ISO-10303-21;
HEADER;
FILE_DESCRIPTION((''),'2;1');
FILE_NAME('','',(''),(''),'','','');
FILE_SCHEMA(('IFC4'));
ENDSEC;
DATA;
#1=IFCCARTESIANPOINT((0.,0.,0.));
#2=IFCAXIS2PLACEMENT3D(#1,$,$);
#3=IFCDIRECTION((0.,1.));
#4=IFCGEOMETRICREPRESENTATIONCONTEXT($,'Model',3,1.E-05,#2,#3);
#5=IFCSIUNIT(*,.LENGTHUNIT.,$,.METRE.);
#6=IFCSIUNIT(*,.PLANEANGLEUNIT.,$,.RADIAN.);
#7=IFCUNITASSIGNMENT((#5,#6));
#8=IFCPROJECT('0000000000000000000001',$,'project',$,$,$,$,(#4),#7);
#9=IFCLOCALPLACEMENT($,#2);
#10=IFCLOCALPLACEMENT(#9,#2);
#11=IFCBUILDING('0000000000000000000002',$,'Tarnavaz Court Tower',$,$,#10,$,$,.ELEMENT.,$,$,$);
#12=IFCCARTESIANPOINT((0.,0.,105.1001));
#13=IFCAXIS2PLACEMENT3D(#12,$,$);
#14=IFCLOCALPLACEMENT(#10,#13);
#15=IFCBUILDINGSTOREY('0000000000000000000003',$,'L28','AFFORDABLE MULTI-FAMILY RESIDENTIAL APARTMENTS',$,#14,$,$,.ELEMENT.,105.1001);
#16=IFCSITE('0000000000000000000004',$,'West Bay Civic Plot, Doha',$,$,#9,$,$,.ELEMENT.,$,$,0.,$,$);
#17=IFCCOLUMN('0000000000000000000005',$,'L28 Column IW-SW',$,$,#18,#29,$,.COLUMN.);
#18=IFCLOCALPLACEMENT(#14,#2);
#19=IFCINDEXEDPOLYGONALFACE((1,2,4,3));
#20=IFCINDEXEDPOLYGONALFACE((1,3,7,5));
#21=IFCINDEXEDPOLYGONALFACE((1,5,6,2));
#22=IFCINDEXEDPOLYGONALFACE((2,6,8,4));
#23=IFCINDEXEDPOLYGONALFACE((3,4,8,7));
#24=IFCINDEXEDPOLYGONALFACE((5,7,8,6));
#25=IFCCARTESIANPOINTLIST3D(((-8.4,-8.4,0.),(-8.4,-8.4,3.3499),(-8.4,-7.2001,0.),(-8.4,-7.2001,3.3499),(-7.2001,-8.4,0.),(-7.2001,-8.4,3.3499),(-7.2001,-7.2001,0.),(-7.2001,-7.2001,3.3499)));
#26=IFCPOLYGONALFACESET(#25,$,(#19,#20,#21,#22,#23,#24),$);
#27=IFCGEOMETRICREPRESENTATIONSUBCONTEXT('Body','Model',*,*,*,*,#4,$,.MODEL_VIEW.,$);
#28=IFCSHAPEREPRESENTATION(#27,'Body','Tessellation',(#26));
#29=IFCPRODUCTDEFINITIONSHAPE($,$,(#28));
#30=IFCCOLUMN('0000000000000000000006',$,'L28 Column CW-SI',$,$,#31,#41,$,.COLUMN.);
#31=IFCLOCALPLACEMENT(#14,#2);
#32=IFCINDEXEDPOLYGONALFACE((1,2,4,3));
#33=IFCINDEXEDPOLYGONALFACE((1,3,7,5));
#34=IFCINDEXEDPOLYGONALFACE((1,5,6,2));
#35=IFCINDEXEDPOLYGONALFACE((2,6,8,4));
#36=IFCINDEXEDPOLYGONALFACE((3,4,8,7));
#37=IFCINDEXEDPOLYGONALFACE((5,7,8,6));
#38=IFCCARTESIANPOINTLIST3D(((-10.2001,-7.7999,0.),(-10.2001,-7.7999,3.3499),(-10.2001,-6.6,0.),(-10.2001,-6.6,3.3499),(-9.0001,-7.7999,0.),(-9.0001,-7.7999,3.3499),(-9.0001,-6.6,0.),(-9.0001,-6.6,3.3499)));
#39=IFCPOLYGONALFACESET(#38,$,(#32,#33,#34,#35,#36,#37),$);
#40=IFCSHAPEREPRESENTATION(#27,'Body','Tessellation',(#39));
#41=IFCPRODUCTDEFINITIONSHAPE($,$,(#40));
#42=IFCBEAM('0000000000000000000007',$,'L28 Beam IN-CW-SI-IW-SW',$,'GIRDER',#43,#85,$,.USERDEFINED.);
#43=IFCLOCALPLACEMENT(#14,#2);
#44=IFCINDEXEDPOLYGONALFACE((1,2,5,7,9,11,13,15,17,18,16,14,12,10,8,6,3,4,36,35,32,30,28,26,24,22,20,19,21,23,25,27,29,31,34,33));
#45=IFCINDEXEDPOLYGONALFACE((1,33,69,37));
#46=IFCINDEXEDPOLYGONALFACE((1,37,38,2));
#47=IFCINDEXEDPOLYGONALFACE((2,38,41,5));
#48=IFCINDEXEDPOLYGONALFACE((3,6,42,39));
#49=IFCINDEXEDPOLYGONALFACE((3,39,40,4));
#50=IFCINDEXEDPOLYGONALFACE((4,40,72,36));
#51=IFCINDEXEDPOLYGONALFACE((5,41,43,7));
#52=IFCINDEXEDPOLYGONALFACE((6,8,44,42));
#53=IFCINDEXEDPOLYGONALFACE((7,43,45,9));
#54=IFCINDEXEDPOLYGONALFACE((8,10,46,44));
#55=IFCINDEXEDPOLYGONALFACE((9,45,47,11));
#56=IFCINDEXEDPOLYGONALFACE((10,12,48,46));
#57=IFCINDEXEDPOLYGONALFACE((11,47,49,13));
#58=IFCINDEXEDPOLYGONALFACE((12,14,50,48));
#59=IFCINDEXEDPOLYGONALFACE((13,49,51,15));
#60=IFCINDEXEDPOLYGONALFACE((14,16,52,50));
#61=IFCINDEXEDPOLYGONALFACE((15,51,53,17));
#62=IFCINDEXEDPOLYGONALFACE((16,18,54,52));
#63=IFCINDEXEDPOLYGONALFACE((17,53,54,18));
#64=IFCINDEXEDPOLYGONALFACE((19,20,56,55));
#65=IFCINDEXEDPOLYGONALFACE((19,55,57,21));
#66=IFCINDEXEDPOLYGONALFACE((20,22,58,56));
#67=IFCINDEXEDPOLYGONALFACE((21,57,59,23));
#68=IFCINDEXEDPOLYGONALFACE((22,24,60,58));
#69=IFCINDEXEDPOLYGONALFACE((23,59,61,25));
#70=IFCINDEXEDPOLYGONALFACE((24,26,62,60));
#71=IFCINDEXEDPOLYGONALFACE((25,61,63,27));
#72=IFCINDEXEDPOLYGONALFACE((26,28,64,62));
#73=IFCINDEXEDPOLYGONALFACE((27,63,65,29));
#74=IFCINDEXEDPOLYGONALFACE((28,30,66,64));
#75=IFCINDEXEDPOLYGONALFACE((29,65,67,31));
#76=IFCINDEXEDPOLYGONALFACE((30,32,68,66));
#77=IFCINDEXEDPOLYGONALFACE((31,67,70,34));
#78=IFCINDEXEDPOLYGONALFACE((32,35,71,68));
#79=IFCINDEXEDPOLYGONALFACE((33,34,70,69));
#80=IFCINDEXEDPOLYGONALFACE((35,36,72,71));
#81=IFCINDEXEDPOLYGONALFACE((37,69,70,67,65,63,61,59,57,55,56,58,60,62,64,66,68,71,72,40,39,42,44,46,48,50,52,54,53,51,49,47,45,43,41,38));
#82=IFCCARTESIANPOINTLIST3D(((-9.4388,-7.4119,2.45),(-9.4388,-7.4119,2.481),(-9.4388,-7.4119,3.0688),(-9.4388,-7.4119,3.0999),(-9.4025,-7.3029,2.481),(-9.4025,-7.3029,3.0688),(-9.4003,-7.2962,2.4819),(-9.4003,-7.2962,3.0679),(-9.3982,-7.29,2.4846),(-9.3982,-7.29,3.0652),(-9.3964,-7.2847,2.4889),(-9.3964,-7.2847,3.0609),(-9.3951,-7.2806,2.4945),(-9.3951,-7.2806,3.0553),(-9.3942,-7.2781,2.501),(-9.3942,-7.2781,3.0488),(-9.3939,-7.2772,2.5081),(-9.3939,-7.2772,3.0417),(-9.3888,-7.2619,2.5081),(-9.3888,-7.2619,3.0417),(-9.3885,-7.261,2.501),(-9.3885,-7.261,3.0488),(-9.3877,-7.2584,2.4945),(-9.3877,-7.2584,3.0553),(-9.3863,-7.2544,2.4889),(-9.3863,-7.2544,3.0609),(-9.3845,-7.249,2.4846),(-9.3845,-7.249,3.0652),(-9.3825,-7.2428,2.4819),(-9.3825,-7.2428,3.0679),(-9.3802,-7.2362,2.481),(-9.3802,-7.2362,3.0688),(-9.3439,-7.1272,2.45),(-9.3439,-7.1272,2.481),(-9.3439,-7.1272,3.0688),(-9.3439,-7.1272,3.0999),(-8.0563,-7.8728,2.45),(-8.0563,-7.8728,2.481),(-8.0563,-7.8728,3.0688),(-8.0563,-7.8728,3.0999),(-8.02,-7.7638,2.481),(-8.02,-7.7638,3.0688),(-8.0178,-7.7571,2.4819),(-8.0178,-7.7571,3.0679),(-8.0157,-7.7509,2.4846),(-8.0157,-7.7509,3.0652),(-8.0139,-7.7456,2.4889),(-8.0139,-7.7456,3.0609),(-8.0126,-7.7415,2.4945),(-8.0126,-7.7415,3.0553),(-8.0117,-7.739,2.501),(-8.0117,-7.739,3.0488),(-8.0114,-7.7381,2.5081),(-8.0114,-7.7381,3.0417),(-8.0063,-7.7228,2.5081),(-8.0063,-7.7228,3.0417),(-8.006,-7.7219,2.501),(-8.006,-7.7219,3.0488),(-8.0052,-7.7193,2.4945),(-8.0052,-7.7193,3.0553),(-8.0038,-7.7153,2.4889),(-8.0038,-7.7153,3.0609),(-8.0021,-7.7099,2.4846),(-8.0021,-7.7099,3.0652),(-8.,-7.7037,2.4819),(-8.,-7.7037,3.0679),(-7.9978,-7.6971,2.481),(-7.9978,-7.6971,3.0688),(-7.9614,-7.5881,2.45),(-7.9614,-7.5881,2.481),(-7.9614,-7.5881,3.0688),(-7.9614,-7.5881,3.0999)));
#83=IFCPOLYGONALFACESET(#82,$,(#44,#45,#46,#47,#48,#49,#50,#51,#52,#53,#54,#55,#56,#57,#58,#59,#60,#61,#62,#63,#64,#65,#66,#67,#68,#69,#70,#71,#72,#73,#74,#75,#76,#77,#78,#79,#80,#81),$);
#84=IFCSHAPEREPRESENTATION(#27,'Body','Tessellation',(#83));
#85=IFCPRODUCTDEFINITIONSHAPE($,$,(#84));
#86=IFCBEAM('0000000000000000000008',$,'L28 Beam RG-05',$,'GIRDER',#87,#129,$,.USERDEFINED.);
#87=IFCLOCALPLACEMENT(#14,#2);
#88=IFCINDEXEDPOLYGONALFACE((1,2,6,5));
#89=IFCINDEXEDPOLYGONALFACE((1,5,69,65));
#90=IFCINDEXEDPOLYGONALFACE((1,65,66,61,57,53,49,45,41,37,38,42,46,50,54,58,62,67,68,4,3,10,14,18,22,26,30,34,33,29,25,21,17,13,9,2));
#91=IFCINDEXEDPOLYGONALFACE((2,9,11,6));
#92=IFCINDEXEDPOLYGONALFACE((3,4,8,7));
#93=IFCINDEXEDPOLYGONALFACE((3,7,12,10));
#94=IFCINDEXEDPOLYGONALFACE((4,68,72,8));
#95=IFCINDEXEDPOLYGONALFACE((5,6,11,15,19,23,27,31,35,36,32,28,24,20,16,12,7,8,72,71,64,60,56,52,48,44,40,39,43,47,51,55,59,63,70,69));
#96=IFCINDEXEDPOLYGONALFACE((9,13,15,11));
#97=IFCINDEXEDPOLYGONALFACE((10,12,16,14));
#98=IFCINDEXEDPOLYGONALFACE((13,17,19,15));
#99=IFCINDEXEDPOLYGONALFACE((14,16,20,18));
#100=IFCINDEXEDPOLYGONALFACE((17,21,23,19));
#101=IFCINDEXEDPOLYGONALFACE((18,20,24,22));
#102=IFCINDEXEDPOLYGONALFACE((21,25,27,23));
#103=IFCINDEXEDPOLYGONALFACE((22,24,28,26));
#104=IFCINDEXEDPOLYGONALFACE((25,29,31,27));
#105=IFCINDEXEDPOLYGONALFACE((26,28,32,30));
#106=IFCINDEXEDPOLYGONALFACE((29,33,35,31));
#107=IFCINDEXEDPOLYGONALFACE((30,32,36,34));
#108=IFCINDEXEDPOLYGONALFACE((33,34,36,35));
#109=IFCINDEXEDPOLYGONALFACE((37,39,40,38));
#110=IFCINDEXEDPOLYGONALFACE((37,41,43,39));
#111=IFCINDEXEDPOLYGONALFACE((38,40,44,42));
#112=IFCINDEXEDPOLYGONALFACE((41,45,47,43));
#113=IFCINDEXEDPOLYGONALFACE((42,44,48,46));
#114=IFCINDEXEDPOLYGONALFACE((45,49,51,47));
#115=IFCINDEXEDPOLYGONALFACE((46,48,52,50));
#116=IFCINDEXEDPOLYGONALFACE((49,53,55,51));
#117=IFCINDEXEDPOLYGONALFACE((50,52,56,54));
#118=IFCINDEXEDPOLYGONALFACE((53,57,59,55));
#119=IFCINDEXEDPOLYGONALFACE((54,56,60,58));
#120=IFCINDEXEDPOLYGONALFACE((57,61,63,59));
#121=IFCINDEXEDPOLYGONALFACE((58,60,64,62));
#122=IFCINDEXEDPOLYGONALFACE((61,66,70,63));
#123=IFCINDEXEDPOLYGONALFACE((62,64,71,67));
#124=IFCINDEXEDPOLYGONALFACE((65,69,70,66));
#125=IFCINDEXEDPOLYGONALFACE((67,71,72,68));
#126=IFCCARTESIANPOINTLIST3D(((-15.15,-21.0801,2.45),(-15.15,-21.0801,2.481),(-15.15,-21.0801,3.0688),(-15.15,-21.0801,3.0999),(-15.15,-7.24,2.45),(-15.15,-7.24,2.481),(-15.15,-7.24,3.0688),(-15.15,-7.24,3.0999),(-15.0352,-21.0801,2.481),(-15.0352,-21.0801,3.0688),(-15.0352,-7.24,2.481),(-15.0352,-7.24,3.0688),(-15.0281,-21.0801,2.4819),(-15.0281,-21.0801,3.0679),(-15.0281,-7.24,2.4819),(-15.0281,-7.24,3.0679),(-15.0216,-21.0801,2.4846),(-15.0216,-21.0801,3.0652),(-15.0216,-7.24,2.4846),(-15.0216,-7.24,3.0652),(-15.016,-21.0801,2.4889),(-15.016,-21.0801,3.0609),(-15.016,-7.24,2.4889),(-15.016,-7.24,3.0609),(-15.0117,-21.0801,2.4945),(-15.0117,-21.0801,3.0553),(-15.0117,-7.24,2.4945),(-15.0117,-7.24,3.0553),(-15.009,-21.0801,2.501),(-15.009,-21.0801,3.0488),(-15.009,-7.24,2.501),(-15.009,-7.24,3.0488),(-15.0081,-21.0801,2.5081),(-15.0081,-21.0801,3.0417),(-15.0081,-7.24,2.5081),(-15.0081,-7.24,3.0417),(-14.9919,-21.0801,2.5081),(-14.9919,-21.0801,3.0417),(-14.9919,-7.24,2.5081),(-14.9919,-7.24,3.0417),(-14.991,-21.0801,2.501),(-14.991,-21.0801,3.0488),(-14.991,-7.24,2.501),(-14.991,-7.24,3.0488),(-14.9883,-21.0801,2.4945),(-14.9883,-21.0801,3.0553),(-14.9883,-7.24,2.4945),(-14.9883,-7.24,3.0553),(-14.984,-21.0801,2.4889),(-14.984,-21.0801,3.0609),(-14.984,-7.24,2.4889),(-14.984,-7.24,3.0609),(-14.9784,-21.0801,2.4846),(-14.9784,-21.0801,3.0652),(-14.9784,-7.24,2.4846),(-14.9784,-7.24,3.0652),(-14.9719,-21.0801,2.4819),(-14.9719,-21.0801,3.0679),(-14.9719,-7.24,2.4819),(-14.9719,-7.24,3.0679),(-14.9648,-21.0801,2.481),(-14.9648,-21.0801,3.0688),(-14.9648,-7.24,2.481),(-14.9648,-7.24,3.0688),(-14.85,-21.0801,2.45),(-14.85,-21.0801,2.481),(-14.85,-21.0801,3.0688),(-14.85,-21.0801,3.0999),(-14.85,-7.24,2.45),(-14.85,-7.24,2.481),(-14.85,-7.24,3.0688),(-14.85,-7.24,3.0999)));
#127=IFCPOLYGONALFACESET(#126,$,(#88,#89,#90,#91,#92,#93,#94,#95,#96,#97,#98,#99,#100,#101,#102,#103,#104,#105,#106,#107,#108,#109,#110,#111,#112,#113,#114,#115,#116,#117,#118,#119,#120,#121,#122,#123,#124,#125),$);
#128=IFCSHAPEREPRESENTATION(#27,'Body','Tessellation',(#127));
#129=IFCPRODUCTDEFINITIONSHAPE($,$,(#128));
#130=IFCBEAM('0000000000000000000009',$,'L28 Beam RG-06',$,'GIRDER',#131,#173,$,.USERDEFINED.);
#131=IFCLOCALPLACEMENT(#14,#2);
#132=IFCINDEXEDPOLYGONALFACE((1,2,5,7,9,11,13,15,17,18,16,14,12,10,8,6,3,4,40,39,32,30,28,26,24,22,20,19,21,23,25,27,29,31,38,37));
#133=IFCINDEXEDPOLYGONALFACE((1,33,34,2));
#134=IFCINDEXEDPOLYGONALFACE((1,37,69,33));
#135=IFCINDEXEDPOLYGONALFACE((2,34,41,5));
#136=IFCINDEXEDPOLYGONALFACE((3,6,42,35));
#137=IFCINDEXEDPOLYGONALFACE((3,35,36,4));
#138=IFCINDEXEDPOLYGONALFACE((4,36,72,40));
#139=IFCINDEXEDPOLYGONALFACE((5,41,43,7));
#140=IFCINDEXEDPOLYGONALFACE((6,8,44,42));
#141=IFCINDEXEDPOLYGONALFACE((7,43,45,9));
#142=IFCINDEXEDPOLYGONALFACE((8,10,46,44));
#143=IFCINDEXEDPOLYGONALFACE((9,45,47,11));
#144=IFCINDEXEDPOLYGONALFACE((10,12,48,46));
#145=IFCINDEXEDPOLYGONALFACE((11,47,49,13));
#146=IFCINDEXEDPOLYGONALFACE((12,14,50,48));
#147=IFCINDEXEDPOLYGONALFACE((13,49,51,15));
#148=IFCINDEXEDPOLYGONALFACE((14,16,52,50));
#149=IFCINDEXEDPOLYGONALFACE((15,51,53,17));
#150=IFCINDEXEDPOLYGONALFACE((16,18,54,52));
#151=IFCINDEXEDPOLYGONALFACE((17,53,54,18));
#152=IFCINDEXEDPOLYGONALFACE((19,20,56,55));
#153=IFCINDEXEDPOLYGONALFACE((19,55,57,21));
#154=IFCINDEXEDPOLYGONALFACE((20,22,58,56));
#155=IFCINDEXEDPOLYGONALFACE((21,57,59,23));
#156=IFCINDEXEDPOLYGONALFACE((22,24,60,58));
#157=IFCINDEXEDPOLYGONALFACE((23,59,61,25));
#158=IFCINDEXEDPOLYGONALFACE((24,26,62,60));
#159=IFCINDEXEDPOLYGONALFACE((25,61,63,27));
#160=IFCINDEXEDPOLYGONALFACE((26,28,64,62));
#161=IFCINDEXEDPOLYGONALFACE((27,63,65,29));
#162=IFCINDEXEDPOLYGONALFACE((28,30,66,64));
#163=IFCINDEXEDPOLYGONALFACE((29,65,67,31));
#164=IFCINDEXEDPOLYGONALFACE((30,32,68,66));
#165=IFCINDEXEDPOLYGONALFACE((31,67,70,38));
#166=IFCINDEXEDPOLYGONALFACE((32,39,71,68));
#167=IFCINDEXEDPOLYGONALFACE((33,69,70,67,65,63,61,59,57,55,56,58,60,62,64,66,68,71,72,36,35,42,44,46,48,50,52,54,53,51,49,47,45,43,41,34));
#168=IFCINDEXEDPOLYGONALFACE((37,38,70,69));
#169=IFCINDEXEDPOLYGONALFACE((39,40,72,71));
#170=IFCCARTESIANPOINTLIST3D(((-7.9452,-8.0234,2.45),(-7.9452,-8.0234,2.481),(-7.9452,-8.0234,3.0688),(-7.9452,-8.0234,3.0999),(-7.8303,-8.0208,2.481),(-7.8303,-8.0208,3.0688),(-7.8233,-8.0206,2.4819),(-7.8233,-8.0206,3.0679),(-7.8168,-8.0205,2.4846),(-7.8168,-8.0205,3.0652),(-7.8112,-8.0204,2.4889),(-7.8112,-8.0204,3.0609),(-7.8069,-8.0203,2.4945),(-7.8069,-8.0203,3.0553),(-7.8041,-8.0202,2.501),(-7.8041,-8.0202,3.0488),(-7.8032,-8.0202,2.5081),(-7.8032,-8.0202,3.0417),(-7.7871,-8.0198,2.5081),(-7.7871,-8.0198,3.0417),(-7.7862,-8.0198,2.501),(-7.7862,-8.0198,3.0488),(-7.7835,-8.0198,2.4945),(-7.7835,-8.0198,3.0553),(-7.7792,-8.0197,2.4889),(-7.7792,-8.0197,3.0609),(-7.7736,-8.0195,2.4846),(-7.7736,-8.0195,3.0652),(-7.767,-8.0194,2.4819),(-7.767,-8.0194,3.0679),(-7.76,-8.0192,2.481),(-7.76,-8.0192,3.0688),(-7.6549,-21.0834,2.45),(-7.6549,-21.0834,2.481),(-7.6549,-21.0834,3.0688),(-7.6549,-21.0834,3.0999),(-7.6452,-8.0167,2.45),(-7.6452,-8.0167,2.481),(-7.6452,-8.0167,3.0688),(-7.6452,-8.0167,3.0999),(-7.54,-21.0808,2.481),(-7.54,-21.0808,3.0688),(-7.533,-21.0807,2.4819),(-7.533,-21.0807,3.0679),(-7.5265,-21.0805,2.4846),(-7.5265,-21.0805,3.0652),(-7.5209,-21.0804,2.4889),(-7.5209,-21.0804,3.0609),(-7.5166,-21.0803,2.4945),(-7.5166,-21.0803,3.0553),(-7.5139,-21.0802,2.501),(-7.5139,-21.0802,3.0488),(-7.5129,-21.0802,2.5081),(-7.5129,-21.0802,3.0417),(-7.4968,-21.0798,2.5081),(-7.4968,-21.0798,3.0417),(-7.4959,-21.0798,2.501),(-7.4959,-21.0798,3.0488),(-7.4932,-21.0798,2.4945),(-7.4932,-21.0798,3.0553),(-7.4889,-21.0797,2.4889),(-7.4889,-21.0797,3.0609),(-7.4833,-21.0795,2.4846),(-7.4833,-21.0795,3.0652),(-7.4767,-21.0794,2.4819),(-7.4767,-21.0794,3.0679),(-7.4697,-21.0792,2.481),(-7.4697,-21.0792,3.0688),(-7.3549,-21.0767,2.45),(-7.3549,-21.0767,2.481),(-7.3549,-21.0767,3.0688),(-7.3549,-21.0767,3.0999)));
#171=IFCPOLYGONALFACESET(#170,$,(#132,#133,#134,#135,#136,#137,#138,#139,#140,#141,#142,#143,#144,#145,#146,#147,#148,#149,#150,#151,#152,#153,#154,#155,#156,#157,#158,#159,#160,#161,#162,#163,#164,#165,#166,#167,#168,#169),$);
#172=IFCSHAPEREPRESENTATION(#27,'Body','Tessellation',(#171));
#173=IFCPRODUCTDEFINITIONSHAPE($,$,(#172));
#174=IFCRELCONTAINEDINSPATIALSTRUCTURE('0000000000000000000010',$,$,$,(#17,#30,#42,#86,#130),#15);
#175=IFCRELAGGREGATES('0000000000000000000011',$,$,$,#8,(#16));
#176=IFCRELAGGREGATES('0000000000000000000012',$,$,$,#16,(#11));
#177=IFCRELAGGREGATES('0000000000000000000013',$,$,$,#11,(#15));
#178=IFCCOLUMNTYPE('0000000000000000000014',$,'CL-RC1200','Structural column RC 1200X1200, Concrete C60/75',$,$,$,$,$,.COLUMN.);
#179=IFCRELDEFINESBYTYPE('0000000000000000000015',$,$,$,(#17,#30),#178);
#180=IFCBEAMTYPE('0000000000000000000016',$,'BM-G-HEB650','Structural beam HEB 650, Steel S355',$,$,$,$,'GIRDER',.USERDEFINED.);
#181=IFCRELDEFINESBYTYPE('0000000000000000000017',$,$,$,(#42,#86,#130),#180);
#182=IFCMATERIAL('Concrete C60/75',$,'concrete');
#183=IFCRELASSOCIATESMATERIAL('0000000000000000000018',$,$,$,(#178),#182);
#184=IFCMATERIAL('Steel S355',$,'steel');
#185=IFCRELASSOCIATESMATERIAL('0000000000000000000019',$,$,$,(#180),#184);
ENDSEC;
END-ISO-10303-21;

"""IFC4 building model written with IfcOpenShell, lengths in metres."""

from ifc_helpers import new_model, si_unit, direction, frame, origin, origin_2d, place, context, subcontext, project, spatial, rectangle, i_section, extrude, material, material_profile, profile_set, type_object, element, save


model = new_model("IFC4")

# Units and contexts
model_context = context("Model", 3, precision=1e-05, world=origin(), true_north=direction((0.0, 1.0)))
body_context = subcontext(model_context, "Body", "Model", "MODEL_VIEW")
ifc_project = project(units=[si_unit("LENGTHUNIT", "METRE"), si_unit("PLANEANGLEUNIT", "RADIAN")], contexts=[model_context])

# Site, building, storey
site_placement = place(None, origin())
site = spatial("IfcSite", under=ifc_project, at=site_placement, Name="West Bay Civic Plot, Doha", CompositionType="ELEMENT", RefElevation=0.0)
building_placement = place(site_placement, origin())
building = spatial("IfcBuilding", under=site, at=building_placement, Name="Tarnavaz Court Tower", CompositionType="ELEMENT")
storey_placement = place(building_placement, frame((0.0, 0.0, 105.1001)))
storey = spatial("IfcBuildingStorey", under=building, at=storey_placement, Name="L28", Description="AFFORDABLE MULTI-FAMILY RESIDENTIAL APARTMENTS", CompositionType="ELEMENT", Elevation=105.1001)

# Columns
ifc_material_1 = material(Name="Concrete C60/75", Category="concrete")
ifc_material_profile_1 = material_profile(ifc_material_1, rectangle(XDim=1.2, YDim=1.2, at=origin_2d()), Name="RC 1200X1200")
ifc_profile_set_1 = profile_set([ifc_material_profile_1], Name="Concrete C60/75")
column_type = type_object("IfcColumnType", Name="CL-RC1200", Description="Structural column RC 1200X1200, Concrete C60/75", PredefinedType="COLUMN", material=ifc_profile_set_1)
for number, where, z_axis, x_axis, name in (
    (1, (-7.8, -7.8, 0.0), (0.0, 0.0, 1.0), (1.0, 0.0, 0.0), "L28 Column IW-SW"),
    (2, (-9.6001, -7.2, 0.0), (0.0, 0.0, 1.0), (1.0, 0.0, 0.0), "L28 Column CW-SI"),
):
    element("IfcColumn", number, at=place(storey_placement, frame(where, z_axis=z_axis, x_axis=x_axis)), inside=storey, type_object=column_type, Name=name, PredefinedType="COLUMN", context=body_context, shape_type="SweptSolid", body=[
        extrude(rectangle(XDim=1.2, YDim=1.2, at=origin_2d()), origin(), (0.0, 0.0, 1.0), 3.3499),
    ])

# Beams
ifc_material_2 = material(Name="Steel S355", Category="steel")
ifc_material_profile_2 = material_profile(ifc_material_2, i_section(OverallWidth=0.3, OverallDepth=0.6499, WebThickness=0.0161, FlangeThickness=0.031, FilletRadius=0.0271, at=origin_2d()), Name="HEB 650")
ifc_profile_set_2 = profile_set([ifc_material_profile_2], Name="Steel S355")
beam_type_1 = type_object("IfcBeamType", Name="BM-G-HEB650", Description="Structural beam HEB 650, Steel S355", ElementType="GIRDER", PredefinedType="USERDEFINED", material=ifc_profile_set_2)
beam_1_placement = place(storey_placement, frame((-9.3914, -7.2695, 2.7749), z_axis=(0.948667, -0.316278, 0.0), x_axis=(0.316278, 0.948667, 0.0)))
element("IfcBeam", 3, at=beam_1_placement, inside=storey, type_object=beam_type_1, Name="L28 Beam IN-CW-SI-IW-SW", ObjectType="GIRDER", PredefinedType="USERDEFINED", context=body_context, shape_type="SweptSolid", body=[
    extrude(i_section(OverallWidth=0.3, OverallDepth=0.6499, WebThickness=0.0161, FlangeThickness=0.031, FilletRadius=0.0271, at=origin_2d()), origin(), (0.0, 0.0, 1.0), 1.4573),
])
beam_2_placement = place(storey_placement, frame((-15.0, -7.24, 2.7749), z_axis=(0.0, -1.0, 0.0), x_axis=(1.0, 0.0, 0.0)))
element("IfcBeam", 4, at=beam_2_placement, inside=storey, type_object=beam_type_1, Name="L28 Beam RG-05", ObjectType="GIRDER", PredefinedType="USERDEFINED", context=body_context, shape_type="SweptSolid", body=[
    extrude(i_section(OverallWidth=0.3, OverallDepth=0.6499, WebThickness=0.0161, FlangeThickness=0.031, FilletRadius=0.0271, at=origin_2d()), origin(), (0.0, 0.0, 1.0), 13.8401),
])
beam_3_placement = place(storey_placement, frame((-7.7952, -8.02, 2.7749), z_axis=(0.022221, -0.999753, 0.0), x_axis=(0.999753, 0.022221, 0.0)))
element("IfcBeam", 5, at=beam_3_placement, inside=storey, type_object=beam_type_1, Name="L28 Beam RG-06", ObjectType="GIRDER", PredefinedType="USERDEFINED", context=body_context, shape_type="SweptSolid", body=[
    extrude(i_section(OverallWidth=0.3, OverallDepth=0.6499, WebThickness=0.0161, FlangeThickness=0.031, FilletRadius=0.0271, at=origin_2d()), origin(), (0.0, 0.0, 1.0), 13.0632),
])

save(model, "model.ifc")
